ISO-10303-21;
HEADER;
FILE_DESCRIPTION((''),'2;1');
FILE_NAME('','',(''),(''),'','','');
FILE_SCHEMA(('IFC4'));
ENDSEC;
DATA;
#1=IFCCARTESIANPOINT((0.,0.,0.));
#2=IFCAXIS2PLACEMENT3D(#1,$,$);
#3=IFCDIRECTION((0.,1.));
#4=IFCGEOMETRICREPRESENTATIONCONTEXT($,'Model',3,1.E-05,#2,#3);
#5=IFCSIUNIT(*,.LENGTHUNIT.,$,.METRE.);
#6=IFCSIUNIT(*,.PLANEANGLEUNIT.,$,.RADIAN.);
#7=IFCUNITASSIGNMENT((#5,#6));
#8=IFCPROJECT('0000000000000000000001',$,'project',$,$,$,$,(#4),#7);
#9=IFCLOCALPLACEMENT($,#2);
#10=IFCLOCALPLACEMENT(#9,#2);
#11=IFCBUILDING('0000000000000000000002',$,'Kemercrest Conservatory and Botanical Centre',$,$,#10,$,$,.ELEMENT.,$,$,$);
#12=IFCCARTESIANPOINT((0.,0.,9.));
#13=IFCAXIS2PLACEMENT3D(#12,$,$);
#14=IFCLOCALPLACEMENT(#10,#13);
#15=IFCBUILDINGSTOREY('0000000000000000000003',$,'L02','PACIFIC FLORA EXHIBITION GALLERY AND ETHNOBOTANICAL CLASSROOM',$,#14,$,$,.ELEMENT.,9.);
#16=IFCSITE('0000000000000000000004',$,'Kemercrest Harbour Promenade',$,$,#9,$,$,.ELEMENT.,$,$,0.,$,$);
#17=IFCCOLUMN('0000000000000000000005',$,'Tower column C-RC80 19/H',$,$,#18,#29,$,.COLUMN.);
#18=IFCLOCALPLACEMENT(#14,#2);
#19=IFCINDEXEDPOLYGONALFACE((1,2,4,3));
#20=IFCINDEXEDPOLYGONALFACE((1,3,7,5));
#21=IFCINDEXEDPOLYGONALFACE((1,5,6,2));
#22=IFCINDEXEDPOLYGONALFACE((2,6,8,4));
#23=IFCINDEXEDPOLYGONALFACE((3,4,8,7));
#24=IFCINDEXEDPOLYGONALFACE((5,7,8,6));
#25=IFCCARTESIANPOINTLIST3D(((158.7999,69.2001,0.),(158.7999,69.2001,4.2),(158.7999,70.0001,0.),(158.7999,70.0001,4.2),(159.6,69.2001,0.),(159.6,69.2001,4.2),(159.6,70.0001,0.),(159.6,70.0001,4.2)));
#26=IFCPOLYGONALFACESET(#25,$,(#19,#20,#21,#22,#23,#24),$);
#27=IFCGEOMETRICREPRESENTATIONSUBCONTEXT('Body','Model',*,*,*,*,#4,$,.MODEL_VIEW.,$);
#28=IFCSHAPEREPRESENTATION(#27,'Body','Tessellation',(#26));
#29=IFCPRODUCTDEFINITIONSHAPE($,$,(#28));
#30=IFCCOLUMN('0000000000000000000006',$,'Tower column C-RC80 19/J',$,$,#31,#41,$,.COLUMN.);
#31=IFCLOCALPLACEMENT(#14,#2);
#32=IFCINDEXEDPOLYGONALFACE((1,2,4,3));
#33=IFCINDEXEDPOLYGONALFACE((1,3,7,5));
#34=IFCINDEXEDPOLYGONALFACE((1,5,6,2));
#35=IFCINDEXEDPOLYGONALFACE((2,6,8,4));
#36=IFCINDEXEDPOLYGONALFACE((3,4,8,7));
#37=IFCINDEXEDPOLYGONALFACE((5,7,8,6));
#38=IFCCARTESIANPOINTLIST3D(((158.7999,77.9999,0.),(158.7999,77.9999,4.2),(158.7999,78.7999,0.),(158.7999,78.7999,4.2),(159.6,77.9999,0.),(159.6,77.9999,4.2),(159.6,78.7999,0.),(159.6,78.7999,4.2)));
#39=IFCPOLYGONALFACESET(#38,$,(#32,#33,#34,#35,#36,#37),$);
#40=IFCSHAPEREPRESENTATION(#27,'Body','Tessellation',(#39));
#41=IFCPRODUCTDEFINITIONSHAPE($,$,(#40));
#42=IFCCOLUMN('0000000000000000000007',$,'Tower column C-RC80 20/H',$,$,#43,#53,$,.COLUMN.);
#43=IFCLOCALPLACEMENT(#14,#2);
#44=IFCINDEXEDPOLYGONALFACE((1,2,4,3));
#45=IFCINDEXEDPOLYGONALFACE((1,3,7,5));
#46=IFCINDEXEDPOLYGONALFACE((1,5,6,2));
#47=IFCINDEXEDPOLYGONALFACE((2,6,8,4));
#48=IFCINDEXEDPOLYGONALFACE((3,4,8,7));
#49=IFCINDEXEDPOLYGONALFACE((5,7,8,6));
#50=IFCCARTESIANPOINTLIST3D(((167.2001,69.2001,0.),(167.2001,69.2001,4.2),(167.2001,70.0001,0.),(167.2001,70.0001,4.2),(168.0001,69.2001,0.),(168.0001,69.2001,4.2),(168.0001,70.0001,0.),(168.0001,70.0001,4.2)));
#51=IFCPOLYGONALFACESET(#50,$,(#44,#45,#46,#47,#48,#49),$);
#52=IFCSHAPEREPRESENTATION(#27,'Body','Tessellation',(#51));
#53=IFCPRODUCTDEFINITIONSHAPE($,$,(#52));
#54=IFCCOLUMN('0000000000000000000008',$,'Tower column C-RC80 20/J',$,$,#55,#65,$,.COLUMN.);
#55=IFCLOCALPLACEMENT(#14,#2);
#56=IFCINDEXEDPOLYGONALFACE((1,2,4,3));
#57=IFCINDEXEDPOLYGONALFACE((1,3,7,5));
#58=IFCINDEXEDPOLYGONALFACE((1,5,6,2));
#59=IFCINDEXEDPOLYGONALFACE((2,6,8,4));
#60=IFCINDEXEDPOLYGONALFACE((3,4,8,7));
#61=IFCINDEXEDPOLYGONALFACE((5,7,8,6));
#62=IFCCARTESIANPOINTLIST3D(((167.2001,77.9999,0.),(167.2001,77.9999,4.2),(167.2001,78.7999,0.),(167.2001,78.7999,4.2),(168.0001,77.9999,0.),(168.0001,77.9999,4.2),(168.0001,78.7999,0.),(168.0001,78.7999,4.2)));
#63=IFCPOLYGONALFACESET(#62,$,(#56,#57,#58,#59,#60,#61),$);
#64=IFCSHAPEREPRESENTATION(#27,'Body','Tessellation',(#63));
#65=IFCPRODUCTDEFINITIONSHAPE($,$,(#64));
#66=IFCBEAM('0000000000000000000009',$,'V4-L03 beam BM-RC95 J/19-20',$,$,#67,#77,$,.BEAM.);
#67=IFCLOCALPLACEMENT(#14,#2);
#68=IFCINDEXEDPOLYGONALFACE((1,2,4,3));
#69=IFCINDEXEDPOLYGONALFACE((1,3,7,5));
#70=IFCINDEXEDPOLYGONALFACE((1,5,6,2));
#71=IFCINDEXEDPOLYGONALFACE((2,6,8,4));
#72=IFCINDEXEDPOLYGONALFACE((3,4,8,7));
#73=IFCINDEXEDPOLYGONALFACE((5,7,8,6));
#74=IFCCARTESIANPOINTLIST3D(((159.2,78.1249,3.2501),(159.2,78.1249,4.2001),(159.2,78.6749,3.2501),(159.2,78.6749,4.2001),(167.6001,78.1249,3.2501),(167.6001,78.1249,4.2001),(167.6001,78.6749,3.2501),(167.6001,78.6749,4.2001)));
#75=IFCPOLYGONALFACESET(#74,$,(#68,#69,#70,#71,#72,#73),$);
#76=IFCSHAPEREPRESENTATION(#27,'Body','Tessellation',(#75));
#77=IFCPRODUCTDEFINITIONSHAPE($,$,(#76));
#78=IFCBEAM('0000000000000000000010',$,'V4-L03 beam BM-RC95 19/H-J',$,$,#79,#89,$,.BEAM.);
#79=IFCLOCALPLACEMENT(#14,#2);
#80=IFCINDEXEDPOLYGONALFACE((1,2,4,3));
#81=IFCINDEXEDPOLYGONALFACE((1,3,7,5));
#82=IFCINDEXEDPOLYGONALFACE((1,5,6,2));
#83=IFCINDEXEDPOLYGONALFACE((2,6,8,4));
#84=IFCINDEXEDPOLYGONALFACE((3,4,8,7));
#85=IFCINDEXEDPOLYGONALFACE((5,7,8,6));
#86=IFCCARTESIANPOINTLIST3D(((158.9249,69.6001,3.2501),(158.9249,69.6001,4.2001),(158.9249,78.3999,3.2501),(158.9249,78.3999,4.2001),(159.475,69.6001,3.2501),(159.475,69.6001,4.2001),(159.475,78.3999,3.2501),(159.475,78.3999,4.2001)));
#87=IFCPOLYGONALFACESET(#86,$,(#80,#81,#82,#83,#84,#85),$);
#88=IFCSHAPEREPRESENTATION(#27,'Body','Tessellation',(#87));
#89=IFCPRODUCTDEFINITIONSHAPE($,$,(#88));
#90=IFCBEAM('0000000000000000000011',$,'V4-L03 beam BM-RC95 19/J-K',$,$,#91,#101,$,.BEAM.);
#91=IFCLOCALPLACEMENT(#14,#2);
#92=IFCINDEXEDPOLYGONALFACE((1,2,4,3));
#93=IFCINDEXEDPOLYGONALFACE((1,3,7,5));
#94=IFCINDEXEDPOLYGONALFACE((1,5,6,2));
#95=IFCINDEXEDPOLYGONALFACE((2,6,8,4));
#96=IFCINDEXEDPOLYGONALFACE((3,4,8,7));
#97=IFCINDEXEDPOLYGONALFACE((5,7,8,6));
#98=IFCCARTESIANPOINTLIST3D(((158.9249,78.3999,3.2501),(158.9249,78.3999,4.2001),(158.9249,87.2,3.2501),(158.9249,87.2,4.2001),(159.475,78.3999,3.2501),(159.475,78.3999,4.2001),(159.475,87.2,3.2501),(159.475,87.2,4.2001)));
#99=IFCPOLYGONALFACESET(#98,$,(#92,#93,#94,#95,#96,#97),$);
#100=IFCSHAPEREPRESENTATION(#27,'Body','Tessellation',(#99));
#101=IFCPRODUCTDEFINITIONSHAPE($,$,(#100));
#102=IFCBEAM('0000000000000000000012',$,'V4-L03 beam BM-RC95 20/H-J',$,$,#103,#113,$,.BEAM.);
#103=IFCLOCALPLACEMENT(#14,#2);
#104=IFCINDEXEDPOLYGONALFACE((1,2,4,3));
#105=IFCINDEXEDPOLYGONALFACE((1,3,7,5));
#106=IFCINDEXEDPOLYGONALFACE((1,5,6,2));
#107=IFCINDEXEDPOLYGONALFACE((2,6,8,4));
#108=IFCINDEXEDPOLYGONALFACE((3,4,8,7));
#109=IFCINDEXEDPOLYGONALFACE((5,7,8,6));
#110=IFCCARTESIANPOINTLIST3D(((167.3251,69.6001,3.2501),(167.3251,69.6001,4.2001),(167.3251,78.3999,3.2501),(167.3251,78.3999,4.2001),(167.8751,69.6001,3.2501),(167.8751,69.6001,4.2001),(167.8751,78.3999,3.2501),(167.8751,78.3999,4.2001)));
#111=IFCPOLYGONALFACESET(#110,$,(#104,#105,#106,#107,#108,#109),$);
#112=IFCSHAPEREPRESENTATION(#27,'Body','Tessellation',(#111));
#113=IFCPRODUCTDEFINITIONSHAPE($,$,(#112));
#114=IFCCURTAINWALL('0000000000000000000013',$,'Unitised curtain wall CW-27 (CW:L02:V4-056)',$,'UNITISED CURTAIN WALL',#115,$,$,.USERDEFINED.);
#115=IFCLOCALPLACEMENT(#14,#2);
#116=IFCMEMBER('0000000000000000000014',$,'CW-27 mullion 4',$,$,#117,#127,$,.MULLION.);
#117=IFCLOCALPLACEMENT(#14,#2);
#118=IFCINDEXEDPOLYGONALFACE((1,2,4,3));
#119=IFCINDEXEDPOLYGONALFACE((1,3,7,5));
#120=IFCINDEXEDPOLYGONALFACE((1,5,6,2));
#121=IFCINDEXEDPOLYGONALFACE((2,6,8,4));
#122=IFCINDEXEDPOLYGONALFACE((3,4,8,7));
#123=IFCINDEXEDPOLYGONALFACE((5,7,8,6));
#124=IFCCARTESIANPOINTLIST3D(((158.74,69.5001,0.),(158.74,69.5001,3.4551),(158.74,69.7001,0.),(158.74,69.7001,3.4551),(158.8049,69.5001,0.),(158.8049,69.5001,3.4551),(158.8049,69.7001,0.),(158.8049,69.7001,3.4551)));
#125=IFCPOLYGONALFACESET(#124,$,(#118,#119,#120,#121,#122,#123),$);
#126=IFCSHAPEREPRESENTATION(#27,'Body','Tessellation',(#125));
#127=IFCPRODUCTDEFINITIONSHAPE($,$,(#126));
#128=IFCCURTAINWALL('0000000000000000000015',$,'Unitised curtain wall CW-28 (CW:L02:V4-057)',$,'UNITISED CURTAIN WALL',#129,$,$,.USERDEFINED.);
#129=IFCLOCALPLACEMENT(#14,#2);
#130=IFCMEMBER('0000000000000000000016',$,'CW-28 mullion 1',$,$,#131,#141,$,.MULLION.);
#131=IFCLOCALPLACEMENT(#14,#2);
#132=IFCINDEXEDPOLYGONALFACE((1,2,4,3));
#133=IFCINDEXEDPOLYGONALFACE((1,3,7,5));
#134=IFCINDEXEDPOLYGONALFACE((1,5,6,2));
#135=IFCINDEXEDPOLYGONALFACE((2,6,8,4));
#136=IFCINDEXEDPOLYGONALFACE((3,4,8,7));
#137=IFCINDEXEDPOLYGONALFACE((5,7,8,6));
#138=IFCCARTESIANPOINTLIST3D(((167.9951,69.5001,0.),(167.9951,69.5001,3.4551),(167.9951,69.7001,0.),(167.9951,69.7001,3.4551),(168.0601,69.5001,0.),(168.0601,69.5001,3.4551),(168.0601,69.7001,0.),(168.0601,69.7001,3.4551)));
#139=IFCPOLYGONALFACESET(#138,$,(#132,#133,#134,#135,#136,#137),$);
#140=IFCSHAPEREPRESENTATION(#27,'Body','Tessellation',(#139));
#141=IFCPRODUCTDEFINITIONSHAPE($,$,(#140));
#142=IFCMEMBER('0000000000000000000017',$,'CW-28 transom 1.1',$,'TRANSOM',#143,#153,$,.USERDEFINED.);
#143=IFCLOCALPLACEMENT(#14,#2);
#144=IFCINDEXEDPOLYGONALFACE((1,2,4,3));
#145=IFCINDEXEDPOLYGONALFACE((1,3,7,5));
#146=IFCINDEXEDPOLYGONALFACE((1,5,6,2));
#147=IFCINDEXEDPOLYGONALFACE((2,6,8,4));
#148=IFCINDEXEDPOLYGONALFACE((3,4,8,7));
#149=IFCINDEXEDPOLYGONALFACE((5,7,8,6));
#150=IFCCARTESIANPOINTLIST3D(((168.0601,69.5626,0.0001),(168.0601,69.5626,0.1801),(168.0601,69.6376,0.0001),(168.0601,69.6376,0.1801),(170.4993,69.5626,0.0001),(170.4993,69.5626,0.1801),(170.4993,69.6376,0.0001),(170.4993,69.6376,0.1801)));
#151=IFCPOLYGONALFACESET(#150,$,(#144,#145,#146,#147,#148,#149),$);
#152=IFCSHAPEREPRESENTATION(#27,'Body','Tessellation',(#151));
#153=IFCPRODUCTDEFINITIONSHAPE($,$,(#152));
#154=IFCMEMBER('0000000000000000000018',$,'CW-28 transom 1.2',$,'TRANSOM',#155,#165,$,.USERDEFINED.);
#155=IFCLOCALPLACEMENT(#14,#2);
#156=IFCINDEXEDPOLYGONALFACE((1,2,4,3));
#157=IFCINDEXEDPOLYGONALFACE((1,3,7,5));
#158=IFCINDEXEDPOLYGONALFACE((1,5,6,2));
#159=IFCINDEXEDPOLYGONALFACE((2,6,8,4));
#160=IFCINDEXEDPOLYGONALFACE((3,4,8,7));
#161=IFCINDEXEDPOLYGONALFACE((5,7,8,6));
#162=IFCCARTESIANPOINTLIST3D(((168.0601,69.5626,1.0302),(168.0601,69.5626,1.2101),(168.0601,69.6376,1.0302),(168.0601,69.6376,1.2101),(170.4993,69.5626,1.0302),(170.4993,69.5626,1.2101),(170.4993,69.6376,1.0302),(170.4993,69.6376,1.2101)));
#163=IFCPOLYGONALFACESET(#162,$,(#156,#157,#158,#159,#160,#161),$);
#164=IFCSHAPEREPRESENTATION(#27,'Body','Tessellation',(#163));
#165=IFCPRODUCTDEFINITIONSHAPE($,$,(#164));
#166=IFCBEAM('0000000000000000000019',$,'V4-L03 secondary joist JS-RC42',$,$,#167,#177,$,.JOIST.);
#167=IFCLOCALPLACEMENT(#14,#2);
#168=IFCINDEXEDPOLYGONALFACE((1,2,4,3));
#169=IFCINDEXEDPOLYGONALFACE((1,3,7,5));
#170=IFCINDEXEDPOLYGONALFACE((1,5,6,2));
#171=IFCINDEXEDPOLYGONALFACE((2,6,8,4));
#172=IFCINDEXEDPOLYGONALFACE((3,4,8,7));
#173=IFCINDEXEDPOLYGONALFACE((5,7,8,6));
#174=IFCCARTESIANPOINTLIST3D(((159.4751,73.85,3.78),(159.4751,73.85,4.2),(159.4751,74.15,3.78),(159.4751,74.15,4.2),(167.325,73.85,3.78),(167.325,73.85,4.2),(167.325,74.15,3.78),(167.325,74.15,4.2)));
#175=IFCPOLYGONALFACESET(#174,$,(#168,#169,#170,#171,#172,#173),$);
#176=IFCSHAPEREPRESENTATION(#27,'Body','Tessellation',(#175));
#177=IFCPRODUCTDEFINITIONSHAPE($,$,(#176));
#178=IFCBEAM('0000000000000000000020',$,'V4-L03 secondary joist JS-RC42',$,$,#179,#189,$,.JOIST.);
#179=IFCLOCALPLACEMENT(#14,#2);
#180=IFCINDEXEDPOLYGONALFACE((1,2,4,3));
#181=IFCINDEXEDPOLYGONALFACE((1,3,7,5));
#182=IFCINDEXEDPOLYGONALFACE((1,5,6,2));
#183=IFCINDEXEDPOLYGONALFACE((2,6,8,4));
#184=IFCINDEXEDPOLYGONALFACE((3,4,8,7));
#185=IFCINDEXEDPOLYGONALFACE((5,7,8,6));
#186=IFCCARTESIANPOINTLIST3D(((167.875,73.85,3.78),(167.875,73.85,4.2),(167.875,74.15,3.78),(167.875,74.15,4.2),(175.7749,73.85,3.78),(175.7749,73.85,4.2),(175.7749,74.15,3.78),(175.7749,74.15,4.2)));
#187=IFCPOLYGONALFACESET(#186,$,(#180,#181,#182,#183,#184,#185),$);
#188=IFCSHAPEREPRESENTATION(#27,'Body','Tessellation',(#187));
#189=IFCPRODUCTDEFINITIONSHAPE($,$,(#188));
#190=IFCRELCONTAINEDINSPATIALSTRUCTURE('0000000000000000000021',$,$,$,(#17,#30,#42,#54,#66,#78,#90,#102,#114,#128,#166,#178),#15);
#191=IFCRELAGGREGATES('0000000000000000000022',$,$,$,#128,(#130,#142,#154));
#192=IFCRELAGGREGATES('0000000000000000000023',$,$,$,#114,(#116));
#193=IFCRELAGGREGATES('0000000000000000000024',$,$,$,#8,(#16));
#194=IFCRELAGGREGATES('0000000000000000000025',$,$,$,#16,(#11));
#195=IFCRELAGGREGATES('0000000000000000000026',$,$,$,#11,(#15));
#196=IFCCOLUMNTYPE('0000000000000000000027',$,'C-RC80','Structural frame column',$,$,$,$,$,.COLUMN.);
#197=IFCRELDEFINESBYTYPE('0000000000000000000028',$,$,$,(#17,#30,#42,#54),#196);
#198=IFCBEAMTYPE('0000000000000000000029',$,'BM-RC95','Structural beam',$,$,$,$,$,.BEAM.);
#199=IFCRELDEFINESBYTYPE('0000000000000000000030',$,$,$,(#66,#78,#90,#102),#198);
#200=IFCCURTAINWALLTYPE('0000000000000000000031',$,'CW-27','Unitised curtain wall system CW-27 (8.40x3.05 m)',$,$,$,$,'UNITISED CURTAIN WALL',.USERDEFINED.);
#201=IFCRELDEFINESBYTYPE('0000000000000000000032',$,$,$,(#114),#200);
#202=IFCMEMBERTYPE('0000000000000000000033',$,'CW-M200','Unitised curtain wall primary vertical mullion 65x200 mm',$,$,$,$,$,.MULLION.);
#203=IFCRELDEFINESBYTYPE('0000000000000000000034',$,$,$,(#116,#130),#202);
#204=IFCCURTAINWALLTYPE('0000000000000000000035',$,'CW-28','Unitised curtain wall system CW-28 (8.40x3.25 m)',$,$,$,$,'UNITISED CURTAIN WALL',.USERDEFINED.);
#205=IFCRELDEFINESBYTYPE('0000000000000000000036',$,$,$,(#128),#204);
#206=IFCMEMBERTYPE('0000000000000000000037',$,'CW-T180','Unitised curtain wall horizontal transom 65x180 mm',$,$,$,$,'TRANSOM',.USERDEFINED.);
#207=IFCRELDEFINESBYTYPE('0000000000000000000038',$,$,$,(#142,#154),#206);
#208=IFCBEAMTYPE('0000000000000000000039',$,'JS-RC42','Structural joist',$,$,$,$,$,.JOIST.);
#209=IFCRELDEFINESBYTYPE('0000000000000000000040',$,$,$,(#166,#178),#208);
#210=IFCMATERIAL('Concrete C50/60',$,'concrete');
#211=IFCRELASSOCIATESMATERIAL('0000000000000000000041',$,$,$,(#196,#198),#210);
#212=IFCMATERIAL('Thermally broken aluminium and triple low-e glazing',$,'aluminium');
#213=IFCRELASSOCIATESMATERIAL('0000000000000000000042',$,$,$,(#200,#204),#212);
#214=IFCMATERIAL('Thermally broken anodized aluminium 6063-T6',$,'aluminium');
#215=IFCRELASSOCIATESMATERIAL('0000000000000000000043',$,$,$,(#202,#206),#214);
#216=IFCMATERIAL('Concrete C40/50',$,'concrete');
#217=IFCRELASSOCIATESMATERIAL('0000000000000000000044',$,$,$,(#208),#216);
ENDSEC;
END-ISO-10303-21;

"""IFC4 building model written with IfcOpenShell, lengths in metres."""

from ifc_helpers import new_model, si_unit, direction, frame, origin, origin_2d, place, context, subcontext, project, spatial, rectangle, extrude, material, material_profile, profile_set, type_object, element, aggregate, save


model = new_model("IFC4")

# Units and contexts
model_context = context("Model", 3, precision=1e-05, world=origin(), true_north=direction((0.0, 1.0)))
body_context = subcontext(model_context, "Body", "Model", "MODEL_VIEW")
ifc_project = project(units=[si_unit("LENGTHUNIT", "METRE"), si_unit("PLANEANGLEUNIT", "RADIAN")], contexts=[model_context])

# Site, building, storey
site_placement = place(None, origin())
site = spatial("IfcSite", under=ifc_project, at=site_placement, Name="Kemercrest Harbour Promenade", CompositionType="ELEMENT", RefElevation=0.0)
building_placement = place(site_placement, origin())
building = spatial("IfcBuilding", under=site, at=building_placement, Name="Kemercrest Conservatory and Botanical Centre", CompositionType="ELEMENT")
storey_placement = place(building_placement, frame((0.0, 0.0, 9.0)))
storey = spatial("IfcBuildingStorey", under=building, at=storey_placement, Name="L02", Description="PACIFIC FLORA EXHIBITION GALLERY AND ETHNOBOTANICAL CLASSROOM", CompositionType="ELEMENT", Elevation=9.0)

# Columns
ifc_material_1 = material(Name="Concrete C50/60", Category="concrete")
ifc_material_profile_1 = material_profile(ifc_material_1, rectangle(XDim=0.8, YDim=0.8, at=origin_2d()), Name="RC 800x800")
ifc_profile_set_1 = profile_set([ifc_material_profile_1], Name="Concrete C50/60")
column_type = type_object("IfcColumnType", Name="C-RC80", Description="Structural frame column", PredefinedType="COLUMN", material=ifc_profile_set_1)
for number, where, z_axis, x_axis, name in (
    (1, (159.2, 69.6001, 0.0), (0.0, 0.0, 1.0), (1.0, 0.0, 0.0), "Tower column C-RC80 19/H"),
    (2, (159.2, 78.3999, 0.0), (0.0, 0.0, 1.0), (1.0, 0.0, 0.0), "Tower column C-RC80 19/J"),
    (3, (167.6001, 69.6001, 0.0), (0.0, 0.0, 1.0), (1.0, 0.0, 0.0), "Tower column C-RC80 20/H"),
    (4, (167.6001, 78.3999, 0.0), (0.0, 0.0, 1.0), (1.0, 0.0, 0.0), "Tower column C-RC80 20/J"),
):
    element("IfcColumn", number, at=place(storey_placement, frame(where, z_axis=z_axis, x_axis=x_axis)), inside=storey, type_object=column_type, Name=name, PredefinedType="COLUMN", context=body_context, shape_type="SweptSolid", body=[
        extrude(rectangle(XDim=0.8, YDim=0.8, at=origin_2d()), origin(), (0.0, 0.0, 1.0), 4.2),
    ])

# Beams
ifc_material_profile_2 = material_profile(ifc_material_1, rectangle(XDim=0.55, YDim=0.95, at=origin_2d()), Name="RC 550x950")
ifc_profile_set_2 = profile_set([ifc_material_profile_2], Name="Concrete C50/60")
beam_type_1 = type_object("IfcBeamType", Name="BM-RC95", Description="Structural beam", PredefinedType="BEAM", material=ifc_profile_set_2)
beam_1_placement = place(storey_placement, frame((159.2, 78.3999, 3.7251), z_axis=(1.0, 0.0, 0.0), x_axis=(0.0, 1.0, 0.0)))
element("IfcBeam", 5, at=beam_1_placement, inside=storey, type_object=beam_type_1, Name="V4-L03 beam BM-RC95 J/19-20", PredefinedType="BEAM", context=body_context, shape_type="SweptSolid", body=[
    extrude(rectangle(XDim=0.55, YDim=0.95, at=origin_2d()), origin(), (0.0, 0.0, 1.0), 8.4001),
])
beam_2_placement = place(storey_placement, frame((159.2, 69.6001, 3.7251), z_axis=(0.0, 1.0, 0.0), x_axis=(-1.0, 0.0, 0.0)))
element("IfcBeam", 6, at=beam_2_placement, inside=storey, type_object=beam_type_1, Name="V4-L03 beam BM-RC95 19/H-J", PredefinedType="BEAM", context=body_context, shape_type="SweptSolid", body=[
    extrude(rectangle(XDim=0.55, YDim=0.95, at=origin_2d()), origin(), (0.0, 0.0, 1.0), 8.7998),
])
beam_3_placement = place(storey_placement, frame((159.2, 78.3999, 3.7251), z_axis=(0.0, 1.0, 0.0), x_axis=(-1.0, 0.0, 0.0)))
element("IfcBeam", 7, at=beam_3_placement, inside=storey, type_object=beam_type_1, Name="V4-L03 beam BM-RC95 19/J-K", PredefinedType="BEAM", context=body_context, shape_type="SweptSolid", body=[
    extrude(rectangle(XDim=0.55, YDim=0.95, at=origin_2d()), origin(), (0.0, 0.0, 1.0), 8.8),
])
beam_4_placement = place(storey_placement, frame((167.6001, 69.6001, 3.7251), z_axis=(0.0, 1.0, 0.0), x_axis=(-1.0, 0.0, 0.0)))
element("IfcBeam", 8, at=beam_4_placement, inside=storey, type_object=beam_type_1, Name="V4-L03 beam BM-RC95 20/H-J", PredefinedType="BEAM", context=body_context, shape_type="SweptSolid", body=[
    extrude(rectangle(XDim=0.55, YDim=0.95, at=origin_2d()), origin(), (0.0, 0.0, 1.0), 8.7998),
])

# Curtain wall, member
ifc_material_2 = material(Name="Thermally broken aluminium and triple low-e glazing", Category="aluminium")
curtain_wall_type_1 = type_object("IfcCurtainWallType", Name="CW-27", Description="Unitised curtain wall system CW-27 (8.40x3.05 m)", ElementType="UNITISED CURTAIN WALL", PredefinedType="USERDEFINED", material=ifc_material_2)
curtain_wall_1_placement = place(storey_placement, origin())
curtain_wall_1 = element("IfcCurtainWall", 9, at=curtain_wall_1_placement, inside=storey, type_object=curtain_wall_type_1, Name="Unitised curtain wall CW-27 (CW:L02:V4-056)", ObjectType="UNITISED CURTAIN WALL", PredefinedType="USERDEFINED")
ifc_material_3 = material(Name="Thermally broken anodized aluminium 6063-T6", Category="aluminium")
ifc_material_profile_3 = material_profile(ifc_material_3, rectangle(XDim=0.2, YDim=0.0649, at=origin_2d()), Name="AL MULLION 65x200")
ifc_profile_set_3 = profile_set([ifc_material_profile_3], Name="Thermally broken anodized aluminium 6063-T6")
member_type_1 = type_object("IfcMemberType", Name="CW-M200", Description="Unitised curtain wall primary vertical mullion 65x200 mm", PredefinedType="MULLION", material=ifc_profile_set_3)
member_1_placement = place(storey_placement, frame((158.7725, 69.6001, 0.0), z_axis=(0.0, 0.0, 1.0), x_axis=(0.0, 1.0, 0.0)))
member_1 = element("IfcMember", 10, at=member_1_placement, type_object=member_type_1, Name="CW-27 mullion 4", PredefinedType="MULLION", context=body_context, shape_type="SweptSolid", body=[
    extrude(rectangle(XDim=0.2, YDim=0.0649, at=origin_2d()), origin(), (0.0, 0.0, 1.0), 3.4551),
])

# Curtain wall, members
curtain_wall_type_2 = type_object("IfcCurtainWallType", Name="CW-28", Description="Unitised curtain wall system CW-28 (8.40x3.25 m)", ElementType="UNITISED CURTAIN WALL", PredefinedType="USERDEFINED", material=ifc_material_2)
curtain_wall_2_placement = place(storey_placement, origin())
curtain_wall_2 = element("IfcCurtainWall", 11, at=curtain_wall_2_placement, inside=storey, type_object=curtain_wall_type_2, Name="Unitised curtain wall CW-28 (CW:L02:V4-057)", ObjectType="UNITISED CURTAIN WALL", PredefinedType="USERDEFINED")
member_2_placement = place(storey_placement, frame((168.0276, 69.6001, 0.0), z_axis=(0.0, 0.0, 1.0), x_axis=(0.0, 1.0, 0.0)))
member_2 = element("IfcMember", 12, at=member_2_placement, type_object=member_type_1, Name="CW-28 mullion 1", PredefinedType="MULLION", context=body_context, shape_type="SweptSolid", body=[
    extrude(rectangle(XDim=0.2, YDim=0.0649, at=origin_2d()), origin(), (0.0, 0.0, 1.0), 3.4551),
])
ifc_material_profile_4 = material_profile(ifc_material_3, rectangle(XDim=0.075, YDim=0.1799, at=origin_2d()), Name="AL TRANSOM 75x180")
ifc_profile_set_4 = profile_set([ifc_material_profile_4], Name="Thermally broken anodized aluminium 6063-T6")
member_type_2 = type_object("IfcMemberType", Name="CW-T180", Description="Unitised curtain wall horizontal transom 65x180 mm", ElementType="TRANSOM", PredefinedType="USERDEFINED", material=ifc_profile_set_4)
member_3_placement = place(storey_placement, frame((168.0601, 69.6001, 0.0901), z_axis=(1.0, 0.0, 0.0), x_axis=(0.0, 1.0, 0.0)))
member_3 = element("IfcMember", 13, at=member_3_placement, type_object=member_type_2, Name="CW-28 transom 1.1", ObjectType="TRANSOM", PredefinedType="USERDEFINED", context=body_context, shape_type="SweptSolid", body=[
    extrude(rectangle(XDim=0.075, YDim=0.1799, at=origin_2d()), origin(), (0.0, 0.0, 1.0), 2.4392),
])
member_4_placement = place(storey_placement, frame((168.0601, 69.6001, 1.1201), z_axis=(1.0, 0.0, 0.0), x_axis=(0.0, 1.0, 0.0)))
member_4 = element("IfcMember", 14, at=member_4_placement, type_object=member_type_2, Name="CW-28 transom 1.2", ObjectType="TRANSOM", PredefinedType="USERDEFINED", context=body_context, shape_type="SweptSolid", body=[
    extrude(rectangle(XDim=0.075, YDim=0.1799, at=origin_2d()), origin(), (0.0, 0.0, 1.0), 2.4392),
])
aggregate(curtain_wall_2, [member_2, member_3, member_4])

# Beams
ifc_material_4 = material(Name="Concrete C40/50", Category="concrete")
ifc_material_profile_5 = material_profile(ifc_material_4, rectangle(XDim=0.3, YDim=0.4199, at=origin_2d()), Name="RC 300x420")
ifc_profile_set_5 = profile_set([ifc_material_profile_5], Name="Concrete C40/50")
beam_type_2 = type_object("IfcBeamType", Name="JS-RC42", Description="Structural joist", PredefinedType="JOIST", material=ifc_profile_set_5)
beam_5_placement = place(storey_placement, frame((159.4751, 74.0, 3.99), z_axis=(1.0, 0.0, 0.0), x_axis=(0.0, 1.0, 0.0)))
element("IfcBeam", 15, at=beam_5_placement, inside=storey, type_object=beam_type_2, Name="V4-L03 secondary joist JS-RC42", PredefinedType="JOIST", context=body_context, shape_type="SweptSolid", body=[
    extrude(rectangle(XDim=0.3, YDim=0.4199, at=origin_2d()), origin(), (0.0, 0.0, 1.0), 7.8499),
])
beam_6_placement = place(storey_placement, frame((167.875, 74.0, 3.99), z_axis=(1.0, 0.0, 0.0), x_axis=(0.0, 1.0, 0.0)))
element("IfcBeam", 16, at=beam_6_placement, inside=storey, type_object=beam_type_2, Name="V4-L03 secondary joist JS-RC42", PredefinedType="JOIST", context=body_context, shape_type="SweptSolid", body=[
    extrude(rectangle(XDim=0.3, YDim=0.4199, at=origin_2d()), origin(), (0.0, 0.0, 1.0), 7.8999),
])

aggregate(curtain_wall_1, [member_1])

save(model, "model.ifc")
